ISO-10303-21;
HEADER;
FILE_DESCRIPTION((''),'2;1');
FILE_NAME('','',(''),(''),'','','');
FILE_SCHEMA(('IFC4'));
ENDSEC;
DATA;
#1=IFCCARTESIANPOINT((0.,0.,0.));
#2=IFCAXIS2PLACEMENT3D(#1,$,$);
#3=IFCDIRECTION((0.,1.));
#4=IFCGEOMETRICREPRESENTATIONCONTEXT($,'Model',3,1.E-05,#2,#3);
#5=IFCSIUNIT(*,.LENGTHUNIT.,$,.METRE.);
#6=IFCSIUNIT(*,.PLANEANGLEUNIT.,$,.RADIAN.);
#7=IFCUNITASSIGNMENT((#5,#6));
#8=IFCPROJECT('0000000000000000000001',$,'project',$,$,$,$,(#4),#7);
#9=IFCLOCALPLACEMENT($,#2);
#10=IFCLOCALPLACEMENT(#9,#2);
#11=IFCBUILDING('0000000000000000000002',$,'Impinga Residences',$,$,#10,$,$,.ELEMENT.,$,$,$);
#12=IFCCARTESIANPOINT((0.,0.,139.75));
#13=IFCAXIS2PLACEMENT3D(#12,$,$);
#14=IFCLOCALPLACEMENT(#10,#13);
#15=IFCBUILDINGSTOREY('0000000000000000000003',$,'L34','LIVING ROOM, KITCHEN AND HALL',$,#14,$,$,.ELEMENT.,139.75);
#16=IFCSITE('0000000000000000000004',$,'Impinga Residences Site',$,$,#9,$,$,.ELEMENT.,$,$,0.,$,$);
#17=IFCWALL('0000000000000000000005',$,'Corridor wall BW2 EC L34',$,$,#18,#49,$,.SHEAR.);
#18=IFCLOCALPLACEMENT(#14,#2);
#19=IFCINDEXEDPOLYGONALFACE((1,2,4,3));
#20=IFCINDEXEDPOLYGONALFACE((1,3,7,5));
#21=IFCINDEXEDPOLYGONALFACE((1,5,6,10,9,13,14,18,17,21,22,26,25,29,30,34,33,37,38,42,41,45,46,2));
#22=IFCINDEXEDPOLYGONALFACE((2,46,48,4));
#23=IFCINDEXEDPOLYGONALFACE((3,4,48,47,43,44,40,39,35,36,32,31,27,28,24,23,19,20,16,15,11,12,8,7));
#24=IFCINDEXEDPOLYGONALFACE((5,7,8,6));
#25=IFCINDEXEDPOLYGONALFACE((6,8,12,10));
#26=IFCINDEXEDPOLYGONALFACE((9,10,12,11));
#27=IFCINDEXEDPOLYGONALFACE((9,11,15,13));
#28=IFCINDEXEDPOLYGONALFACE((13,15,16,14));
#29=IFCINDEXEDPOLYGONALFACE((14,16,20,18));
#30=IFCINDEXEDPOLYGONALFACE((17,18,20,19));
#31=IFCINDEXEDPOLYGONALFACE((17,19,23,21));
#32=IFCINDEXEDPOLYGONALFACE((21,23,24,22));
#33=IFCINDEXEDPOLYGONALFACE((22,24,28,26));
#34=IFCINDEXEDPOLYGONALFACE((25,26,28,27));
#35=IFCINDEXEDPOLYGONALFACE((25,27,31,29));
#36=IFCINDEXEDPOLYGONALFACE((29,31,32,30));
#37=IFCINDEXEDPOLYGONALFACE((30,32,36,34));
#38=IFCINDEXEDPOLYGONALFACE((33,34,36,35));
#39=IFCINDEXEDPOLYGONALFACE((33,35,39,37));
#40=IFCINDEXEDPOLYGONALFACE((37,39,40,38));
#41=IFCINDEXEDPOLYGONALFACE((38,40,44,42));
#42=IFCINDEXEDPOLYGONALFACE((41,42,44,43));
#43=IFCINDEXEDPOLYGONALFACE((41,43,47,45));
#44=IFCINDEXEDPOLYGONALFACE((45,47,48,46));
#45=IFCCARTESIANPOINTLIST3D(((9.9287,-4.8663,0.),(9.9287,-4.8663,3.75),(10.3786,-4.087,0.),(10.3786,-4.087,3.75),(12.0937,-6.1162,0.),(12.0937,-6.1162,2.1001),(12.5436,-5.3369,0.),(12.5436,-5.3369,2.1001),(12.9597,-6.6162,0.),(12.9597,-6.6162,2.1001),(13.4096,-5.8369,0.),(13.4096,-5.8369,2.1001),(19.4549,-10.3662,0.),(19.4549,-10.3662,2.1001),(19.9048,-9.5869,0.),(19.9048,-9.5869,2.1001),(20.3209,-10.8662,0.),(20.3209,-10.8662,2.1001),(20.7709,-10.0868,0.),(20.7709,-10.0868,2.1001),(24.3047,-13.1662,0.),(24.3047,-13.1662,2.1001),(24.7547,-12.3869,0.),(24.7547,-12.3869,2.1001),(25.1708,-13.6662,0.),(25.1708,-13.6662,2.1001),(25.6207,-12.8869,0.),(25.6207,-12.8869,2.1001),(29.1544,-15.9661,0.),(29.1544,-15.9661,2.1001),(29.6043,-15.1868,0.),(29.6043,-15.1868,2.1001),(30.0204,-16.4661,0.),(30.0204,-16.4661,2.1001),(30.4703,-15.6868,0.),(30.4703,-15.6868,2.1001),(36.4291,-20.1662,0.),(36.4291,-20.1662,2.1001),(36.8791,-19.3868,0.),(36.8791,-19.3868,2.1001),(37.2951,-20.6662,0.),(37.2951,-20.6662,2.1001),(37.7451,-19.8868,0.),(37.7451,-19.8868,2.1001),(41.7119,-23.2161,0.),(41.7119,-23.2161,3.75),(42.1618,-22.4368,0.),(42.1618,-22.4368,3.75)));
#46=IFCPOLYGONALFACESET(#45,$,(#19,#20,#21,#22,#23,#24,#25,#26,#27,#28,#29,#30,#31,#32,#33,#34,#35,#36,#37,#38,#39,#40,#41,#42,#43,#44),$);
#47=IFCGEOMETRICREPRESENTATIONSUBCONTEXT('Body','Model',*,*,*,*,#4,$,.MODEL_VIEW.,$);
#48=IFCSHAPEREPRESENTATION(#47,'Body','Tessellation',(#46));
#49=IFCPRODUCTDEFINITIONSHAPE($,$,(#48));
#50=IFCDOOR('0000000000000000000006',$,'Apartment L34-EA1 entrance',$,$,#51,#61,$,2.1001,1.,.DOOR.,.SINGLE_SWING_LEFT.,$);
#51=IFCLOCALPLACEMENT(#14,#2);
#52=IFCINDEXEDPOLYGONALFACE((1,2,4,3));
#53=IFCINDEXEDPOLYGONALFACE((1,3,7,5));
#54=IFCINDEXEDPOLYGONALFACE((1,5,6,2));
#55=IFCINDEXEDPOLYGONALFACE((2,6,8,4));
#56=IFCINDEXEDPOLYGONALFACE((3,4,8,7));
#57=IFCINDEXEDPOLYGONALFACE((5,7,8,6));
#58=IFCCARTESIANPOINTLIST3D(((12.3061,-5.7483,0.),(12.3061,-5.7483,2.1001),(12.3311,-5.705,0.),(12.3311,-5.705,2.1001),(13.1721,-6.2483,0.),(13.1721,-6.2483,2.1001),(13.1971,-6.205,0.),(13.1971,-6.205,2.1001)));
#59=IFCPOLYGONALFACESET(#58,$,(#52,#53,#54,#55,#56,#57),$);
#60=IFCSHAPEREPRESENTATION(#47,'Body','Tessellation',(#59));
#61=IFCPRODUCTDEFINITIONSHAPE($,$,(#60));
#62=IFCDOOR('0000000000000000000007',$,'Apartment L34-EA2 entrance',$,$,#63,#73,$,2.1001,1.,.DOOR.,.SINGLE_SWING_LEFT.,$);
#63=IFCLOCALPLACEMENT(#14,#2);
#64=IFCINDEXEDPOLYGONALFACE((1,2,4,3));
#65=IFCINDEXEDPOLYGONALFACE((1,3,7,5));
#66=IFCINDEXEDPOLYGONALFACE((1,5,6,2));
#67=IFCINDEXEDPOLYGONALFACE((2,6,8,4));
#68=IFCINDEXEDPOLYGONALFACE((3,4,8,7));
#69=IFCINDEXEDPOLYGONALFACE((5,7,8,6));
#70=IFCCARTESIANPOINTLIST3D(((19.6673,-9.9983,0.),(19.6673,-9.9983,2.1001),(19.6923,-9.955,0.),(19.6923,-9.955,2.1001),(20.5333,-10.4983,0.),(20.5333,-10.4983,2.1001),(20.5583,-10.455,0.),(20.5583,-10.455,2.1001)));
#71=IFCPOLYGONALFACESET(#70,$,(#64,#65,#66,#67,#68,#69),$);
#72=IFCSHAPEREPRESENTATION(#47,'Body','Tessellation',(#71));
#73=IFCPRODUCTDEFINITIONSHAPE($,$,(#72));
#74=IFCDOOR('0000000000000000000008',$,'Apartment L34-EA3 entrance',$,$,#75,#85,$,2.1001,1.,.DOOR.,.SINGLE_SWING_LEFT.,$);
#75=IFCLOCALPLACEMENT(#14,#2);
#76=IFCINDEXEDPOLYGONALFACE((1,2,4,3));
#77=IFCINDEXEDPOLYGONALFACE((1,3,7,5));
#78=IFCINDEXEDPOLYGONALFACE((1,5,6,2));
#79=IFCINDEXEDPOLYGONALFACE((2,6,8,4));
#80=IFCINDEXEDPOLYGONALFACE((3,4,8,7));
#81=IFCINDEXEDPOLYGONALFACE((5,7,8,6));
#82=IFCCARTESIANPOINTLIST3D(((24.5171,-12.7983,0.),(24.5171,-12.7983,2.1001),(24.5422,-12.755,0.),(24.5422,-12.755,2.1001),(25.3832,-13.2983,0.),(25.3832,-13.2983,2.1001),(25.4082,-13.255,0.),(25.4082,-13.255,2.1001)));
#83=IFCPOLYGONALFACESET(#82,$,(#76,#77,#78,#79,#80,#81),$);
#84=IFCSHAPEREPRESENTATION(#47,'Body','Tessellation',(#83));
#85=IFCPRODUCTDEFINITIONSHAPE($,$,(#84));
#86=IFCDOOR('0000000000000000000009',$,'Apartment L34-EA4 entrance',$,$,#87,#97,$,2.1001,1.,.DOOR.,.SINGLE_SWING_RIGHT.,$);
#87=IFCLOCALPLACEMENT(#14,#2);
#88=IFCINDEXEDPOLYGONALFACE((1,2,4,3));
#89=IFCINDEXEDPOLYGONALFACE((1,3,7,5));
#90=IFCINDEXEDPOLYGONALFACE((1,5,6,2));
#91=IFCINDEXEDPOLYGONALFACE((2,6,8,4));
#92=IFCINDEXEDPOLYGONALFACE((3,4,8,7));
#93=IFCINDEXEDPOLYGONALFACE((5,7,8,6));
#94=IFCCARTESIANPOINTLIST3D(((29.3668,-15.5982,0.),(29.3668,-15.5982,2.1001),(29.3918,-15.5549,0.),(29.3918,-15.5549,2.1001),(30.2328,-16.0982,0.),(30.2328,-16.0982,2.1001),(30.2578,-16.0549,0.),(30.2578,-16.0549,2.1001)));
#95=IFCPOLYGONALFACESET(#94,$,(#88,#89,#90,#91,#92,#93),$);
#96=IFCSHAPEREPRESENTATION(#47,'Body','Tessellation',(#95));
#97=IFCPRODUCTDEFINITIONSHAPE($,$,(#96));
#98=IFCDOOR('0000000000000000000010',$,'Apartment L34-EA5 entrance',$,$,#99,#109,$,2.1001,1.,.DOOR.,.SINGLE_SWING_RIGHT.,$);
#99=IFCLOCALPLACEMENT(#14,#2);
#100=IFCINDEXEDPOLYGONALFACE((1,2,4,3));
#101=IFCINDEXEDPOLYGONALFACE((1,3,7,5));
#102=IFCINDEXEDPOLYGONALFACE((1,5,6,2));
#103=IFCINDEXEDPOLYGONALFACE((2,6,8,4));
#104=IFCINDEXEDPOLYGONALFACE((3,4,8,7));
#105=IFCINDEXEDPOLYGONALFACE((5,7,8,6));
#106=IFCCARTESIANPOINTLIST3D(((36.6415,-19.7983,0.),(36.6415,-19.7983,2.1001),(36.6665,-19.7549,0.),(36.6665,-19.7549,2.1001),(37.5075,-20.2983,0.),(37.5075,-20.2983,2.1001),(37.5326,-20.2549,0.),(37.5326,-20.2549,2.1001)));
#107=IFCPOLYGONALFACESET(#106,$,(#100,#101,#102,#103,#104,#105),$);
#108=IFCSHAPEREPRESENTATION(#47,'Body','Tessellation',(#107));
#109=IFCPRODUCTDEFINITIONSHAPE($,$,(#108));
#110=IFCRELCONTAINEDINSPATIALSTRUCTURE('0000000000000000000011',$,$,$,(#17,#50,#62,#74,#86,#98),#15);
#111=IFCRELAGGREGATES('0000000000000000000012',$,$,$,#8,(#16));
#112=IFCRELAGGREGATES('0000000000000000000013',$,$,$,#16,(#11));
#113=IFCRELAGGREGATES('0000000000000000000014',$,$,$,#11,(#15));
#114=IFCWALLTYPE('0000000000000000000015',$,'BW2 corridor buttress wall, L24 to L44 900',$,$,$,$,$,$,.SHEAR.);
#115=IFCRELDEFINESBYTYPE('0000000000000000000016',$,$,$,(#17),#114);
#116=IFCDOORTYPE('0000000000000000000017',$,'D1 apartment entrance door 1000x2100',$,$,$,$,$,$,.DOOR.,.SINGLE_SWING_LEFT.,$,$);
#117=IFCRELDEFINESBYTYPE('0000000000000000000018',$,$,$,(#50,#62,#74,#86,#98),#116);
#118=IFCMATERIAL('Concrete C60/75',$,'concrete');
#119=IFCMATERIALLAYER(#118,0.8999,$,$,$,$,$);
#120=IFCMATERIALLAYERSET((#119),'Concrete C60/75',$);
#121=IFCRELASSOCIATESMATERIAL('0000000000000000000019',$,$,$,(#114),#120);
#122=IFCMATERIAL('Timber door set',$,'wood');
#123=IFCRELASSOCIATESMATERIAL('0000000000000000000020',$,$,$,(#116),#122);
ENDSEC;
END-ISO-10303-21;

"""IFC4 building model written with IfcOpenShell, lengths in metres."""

from ifc_helpers import new_model, si_unit, direction, frame, frame_2d, origin, place, context, subcontext, project, spatial, rectangle, extrude, material, layer, layer_set, type_object, element, fill, save


model = new_model("IFC4")

# Units and contexts
model_context = context("Model", 3, precision=1e-05, world=origin(), true_north=direction((0.0, 1.0)))
body_context = subcontext(model_context, "Body", "Model", "MODEL_VIEW")
ifc_project = project(units=[si_unit("LENGTHUNIT", "METRE"), si_unit("PLANEANGLEUNIT", "RADIAN")], contexts=[model_context])

# Site, building, storey
site_placement = place(None, origin())
site = spatial("IfcSite", under=ifc_project, at=site_placement, Name="Impinga Residences Site", CompositionType="ELEMENT", RefElevation=0.0)
building_placement = place(site_placement, origin())
building = spatial("IfcBuilding", under=site, at=building_placement, Name="Impinga Residences", CompositionType="ELEMENT")
storey_placement = place(building_placement, frame((0.0, 0.0, 139.75)))
storey = spatial("IfcBuildingStorey", under=building, at=storey_placement, Name="L34", Description="LIVING ROOM, KITCHEN AND HALL", CompositionType="ELEMENT", Elevation=139.75)

# Wall, openings, doors
ifc_material_1 = material(Name="Concrete C60/75", Category="concrete")
ifc_layer_1 = layer(ifc_material_1, 0.8999)
ifc_layer_set_1 = layer_set([ifc_layer_1], Name="Concrete C60/75")
wall_type_1 = type_object("IfcWallType", Name="BW2 corridor buttress wall, L24 to L44 900", PredefinedType="SHEAR", material=ifc_layer_set_1)
wall_1_placement = place(storey_placement, frame((10.1536, -4.4766, 0.0), z_axis=(0.0, 0.0, 1.0), x_axis=(0.866028, -0.499996, 0.0)))
wall_1 = element("IfcWall", 1, at=wall_1_placement, inside=storey, type_object=wall_type_1, Name="Corridor wall BW2 EC L34", PredefinedType="SHEAR", context=body_context, shape_type="SweptSolid", body=[
    extrude(rectangle(XDim=36.7, YDim=0.8999, at=frame_2d((18.3501, 0.0))), origin(), (0.0, 0.0, 1.0), 3.75),
])
opening_1_placement = place(wall_1_placement, frame((2.5, 0.0, 0.0)))
opening_1 = element("IfcOpeningElement", 2, at=opening_1_placement, cuts=wall_1, PredefinedType="OPENING", context=body_context, shape_type="SweptSolid", body=[
    extrude(rectangle(XDim=1.0, YDim=2.1001, at=frame_2d((0.5, 1.05))), frame((0.0, 0.46, 0.0), z_axis=(0.0, -1.0, 0.0), x_axis=(1.0, 0.0, 0.0)), (0.0, 0.0, 1.0), 0.9199),
])
opening_2_placement = place(wall_1_placement, frame((11.0, 0.0, 0.0)))
opening_2 = element("IfcOpeningElement", 3, at=opening_2_placement, cuts=wall_1, PredefinedType="OPENING", context=body_context, shape_type="SweptSolid", body=[
    extrude(rectangle(XDim=1.0, YDim=2.1001, at=frame_2d((0.5, 1.05))), frame((0.0, 0.46, 0.0), z_axis=(0.0, -1.0, 0.0), x_axis=(1.0, 0.0, 0.0)), (0.0, 0.0, 1.0), 0.9199),
])
opening_3_placement = place(wall_1_placement, frame((16.6001, 0.0, 0.0)))
opening_3 = element("IfcOpeningElement", 4, at=opening_3_placement, cuts=wall_1, PredefinedType="OPENING", context=body_context, shape_type="SweptSolid", body=[
    extrude(rectangle(XDim=1.0, YDim=2.1001, at=frame_2d((0.5, 1.05))), frame((0.0, 0.46, 0.0), z_axis=(0.0, -1.0, 0.0), x_axis=(1.0, 0.0, 0.0)), (0.0, 0.0, 1.0), 0.9199),
])
opening_4_placement = place(wall_1_placement, frame((22.2, 0.0, 0.0)))
opening_4 = element("IfcOpeningElement", 5, at=opening_4_placement, cuts=wall_1, PredefinedType="OPENING", context=body_context, shape_type="SweptSolid", body=[
    extrude(rectangle(XDim=1.0, YDim=2.1001, at=frame_2d((0.5, 1.05))), frame((0.0, 0.46, 0.0), z_axis=(0.0, -1.0, 0.0), x_axis=(1.0, 0.0, 0.0)), (0.0, 0.0, 1.0), 0.9199),
])
opening_5_placement = place(wall_1_placement, frame((30.6001, 0.0, 0.0)))
opening_5 = element("IfcOpeningElement", 6, at=opening_5_placement, cuts=wall_1, PredefinedType="OPENING", context=body_context, shape_type="SweptSolid", body=[
    extrude(rectangle(XDim=1.0, YDim=2.1001, at=frame_2d((0.5, 1.05))), frame((0.0, 0.46, 0.0), z_axis=(0.0, -1.0, 0.0), x_axis=(1.0, 0.0, 0.0)), (0.0, 0.0, 1.0), 0.9199),
])
ifc_material_2 = material(Name="Timber door set", Category="wood")
door_type_1 = type_object("IfcDoorType", Name="D1 apartment entrance door 1000x2100", OperationType="SINGLE_SWING_LEFT", PredefinedType="DOOR", material=ifc_material_2)
door_1_placement = place(opening_1_placement, origin())
door_1 = element("IfcDoor", 7, at=door_1_placement, inside=storey, type_object=door_type_1, Name="Apartment L34-EA1 entrance", OperationType="SINGLE_SWING_LEFT", OverallHeight=2.1001, OverallWidth=1.0, PredefinedType="DOOR", context=body_context, shape_type="SweptSolid", body=[
    extrude(rectangle(XDim=1.0, YDim=2.1001, at=frame_2d((0.5, 1.05))), frame((0.0, 0.0249, 0.0), z_axis=(0.0, -1.0, 0.0), x_axis=(1.0, 0.0, 0.0)), (0.0, 0.0, 1.0), 0.05),
])
fill(opening_1, door_1)
door_2_placement = place(opening_2_placement, origin())
door_2 = element("IfcDoor", 8, at=door_2_placement, inside=storey, type_object=door_type_1, Name="Apartment L34-EA2 entrance", OperationType="SINGLE_SWING_LEFT", OverallHeight=2.1001, OverallWidth=1.0, PredefinedType="DOOR", context=body_context, shape_type="SweptSolid", body=[
    extrude(rectangle(XDim=1.0, YDim=2.1001, at=frame_2d((0.5, 1.05))), frame((0.0, 0.0249, 0.0), z_axis=(0.0, -1.0, 0.0), x_axis=(1.0, 0.0, 0.0)), (0.0, 0.0, 1.0), 0.05),
])
fill(opening_2, door_2)
door_3_placement = place(opening_3_placement, origin())
door_3 = element("IfcDoor", 9, at=door_3_placement, inside=storey, type_object=door_type_1, Name="Apartment L34-EA3 entrance", OperationType="SINGLE_SWING_LEFT", OverallHeight=2.1001, OverallWidth=1.0, PredefinedType="DOOR", context=body_context, shape_type="SweptSolid", body=[
    extrude(rectangle(XDim=1.0, YDim=2.1001, at=frame_2d((0.5, 1.05))), frame((0.0, 0.0249, 0.0), z_axis=(0.0, -1.0, 0.0), x_axis=(1.0, 0.0, 0.0)), (0.0, 0.0, 1.0), 0.05),
])
fill(opening_3, door_3)
door_4_placement = place(opening_4_placement, origin())
door_4 = element("IfcDoor", 10, at=door_4_placement, inside=storey, type_object=door_type_1, Name="Apartment L34-EA4 entrance", OperationType="SINGLE_SWING_RIGHT", OverallHeight=2.1001, OverallWidth=1.0, PredefinedType="DOOR", context=body_context, shape_type="SweptSolid", body=[
    extrude(rectangle(XDim=1.0, YDim=2.1001, at=frame_2d((0.5, 1.05))), frame((0.0, 0.0249, 0.0), z_axis=(0.0, -1.0, 0.0), x_axis=(1.0, 0.0, 0.0)), (0.0, 0.0, 1.0), 0.05),
])
fill(opening_4, door_4)
door_5_placement = place(opening_5_placement, origin())
door_5 = element("IfcDoor", 11, at=door_5_placement, inside=storey, type_object=door_type_1, Name="Apartment L34-EA5 entrance", OperationType="SINGLE_SWING_RIGHT", OverallHeight=2.1001, OverallWidth=1.0, PredefinedType="DOOR", context=body_context, shape_type="SweptSolid", body=[
    extrude(rectangle(XDim=1.0, YDim=2.1001, at=frame_2d((0.5, 1.05))), frame((0.0, 0.0249, 0.0), z_axis=(0.0, -1.0, 0.0), x_axis=(1.0, 0.0, 0.0)), (0.0, 0.0, 1.0), 0.05),
])
fill(opening_5, door_5)

save(model, "model.ifc")
